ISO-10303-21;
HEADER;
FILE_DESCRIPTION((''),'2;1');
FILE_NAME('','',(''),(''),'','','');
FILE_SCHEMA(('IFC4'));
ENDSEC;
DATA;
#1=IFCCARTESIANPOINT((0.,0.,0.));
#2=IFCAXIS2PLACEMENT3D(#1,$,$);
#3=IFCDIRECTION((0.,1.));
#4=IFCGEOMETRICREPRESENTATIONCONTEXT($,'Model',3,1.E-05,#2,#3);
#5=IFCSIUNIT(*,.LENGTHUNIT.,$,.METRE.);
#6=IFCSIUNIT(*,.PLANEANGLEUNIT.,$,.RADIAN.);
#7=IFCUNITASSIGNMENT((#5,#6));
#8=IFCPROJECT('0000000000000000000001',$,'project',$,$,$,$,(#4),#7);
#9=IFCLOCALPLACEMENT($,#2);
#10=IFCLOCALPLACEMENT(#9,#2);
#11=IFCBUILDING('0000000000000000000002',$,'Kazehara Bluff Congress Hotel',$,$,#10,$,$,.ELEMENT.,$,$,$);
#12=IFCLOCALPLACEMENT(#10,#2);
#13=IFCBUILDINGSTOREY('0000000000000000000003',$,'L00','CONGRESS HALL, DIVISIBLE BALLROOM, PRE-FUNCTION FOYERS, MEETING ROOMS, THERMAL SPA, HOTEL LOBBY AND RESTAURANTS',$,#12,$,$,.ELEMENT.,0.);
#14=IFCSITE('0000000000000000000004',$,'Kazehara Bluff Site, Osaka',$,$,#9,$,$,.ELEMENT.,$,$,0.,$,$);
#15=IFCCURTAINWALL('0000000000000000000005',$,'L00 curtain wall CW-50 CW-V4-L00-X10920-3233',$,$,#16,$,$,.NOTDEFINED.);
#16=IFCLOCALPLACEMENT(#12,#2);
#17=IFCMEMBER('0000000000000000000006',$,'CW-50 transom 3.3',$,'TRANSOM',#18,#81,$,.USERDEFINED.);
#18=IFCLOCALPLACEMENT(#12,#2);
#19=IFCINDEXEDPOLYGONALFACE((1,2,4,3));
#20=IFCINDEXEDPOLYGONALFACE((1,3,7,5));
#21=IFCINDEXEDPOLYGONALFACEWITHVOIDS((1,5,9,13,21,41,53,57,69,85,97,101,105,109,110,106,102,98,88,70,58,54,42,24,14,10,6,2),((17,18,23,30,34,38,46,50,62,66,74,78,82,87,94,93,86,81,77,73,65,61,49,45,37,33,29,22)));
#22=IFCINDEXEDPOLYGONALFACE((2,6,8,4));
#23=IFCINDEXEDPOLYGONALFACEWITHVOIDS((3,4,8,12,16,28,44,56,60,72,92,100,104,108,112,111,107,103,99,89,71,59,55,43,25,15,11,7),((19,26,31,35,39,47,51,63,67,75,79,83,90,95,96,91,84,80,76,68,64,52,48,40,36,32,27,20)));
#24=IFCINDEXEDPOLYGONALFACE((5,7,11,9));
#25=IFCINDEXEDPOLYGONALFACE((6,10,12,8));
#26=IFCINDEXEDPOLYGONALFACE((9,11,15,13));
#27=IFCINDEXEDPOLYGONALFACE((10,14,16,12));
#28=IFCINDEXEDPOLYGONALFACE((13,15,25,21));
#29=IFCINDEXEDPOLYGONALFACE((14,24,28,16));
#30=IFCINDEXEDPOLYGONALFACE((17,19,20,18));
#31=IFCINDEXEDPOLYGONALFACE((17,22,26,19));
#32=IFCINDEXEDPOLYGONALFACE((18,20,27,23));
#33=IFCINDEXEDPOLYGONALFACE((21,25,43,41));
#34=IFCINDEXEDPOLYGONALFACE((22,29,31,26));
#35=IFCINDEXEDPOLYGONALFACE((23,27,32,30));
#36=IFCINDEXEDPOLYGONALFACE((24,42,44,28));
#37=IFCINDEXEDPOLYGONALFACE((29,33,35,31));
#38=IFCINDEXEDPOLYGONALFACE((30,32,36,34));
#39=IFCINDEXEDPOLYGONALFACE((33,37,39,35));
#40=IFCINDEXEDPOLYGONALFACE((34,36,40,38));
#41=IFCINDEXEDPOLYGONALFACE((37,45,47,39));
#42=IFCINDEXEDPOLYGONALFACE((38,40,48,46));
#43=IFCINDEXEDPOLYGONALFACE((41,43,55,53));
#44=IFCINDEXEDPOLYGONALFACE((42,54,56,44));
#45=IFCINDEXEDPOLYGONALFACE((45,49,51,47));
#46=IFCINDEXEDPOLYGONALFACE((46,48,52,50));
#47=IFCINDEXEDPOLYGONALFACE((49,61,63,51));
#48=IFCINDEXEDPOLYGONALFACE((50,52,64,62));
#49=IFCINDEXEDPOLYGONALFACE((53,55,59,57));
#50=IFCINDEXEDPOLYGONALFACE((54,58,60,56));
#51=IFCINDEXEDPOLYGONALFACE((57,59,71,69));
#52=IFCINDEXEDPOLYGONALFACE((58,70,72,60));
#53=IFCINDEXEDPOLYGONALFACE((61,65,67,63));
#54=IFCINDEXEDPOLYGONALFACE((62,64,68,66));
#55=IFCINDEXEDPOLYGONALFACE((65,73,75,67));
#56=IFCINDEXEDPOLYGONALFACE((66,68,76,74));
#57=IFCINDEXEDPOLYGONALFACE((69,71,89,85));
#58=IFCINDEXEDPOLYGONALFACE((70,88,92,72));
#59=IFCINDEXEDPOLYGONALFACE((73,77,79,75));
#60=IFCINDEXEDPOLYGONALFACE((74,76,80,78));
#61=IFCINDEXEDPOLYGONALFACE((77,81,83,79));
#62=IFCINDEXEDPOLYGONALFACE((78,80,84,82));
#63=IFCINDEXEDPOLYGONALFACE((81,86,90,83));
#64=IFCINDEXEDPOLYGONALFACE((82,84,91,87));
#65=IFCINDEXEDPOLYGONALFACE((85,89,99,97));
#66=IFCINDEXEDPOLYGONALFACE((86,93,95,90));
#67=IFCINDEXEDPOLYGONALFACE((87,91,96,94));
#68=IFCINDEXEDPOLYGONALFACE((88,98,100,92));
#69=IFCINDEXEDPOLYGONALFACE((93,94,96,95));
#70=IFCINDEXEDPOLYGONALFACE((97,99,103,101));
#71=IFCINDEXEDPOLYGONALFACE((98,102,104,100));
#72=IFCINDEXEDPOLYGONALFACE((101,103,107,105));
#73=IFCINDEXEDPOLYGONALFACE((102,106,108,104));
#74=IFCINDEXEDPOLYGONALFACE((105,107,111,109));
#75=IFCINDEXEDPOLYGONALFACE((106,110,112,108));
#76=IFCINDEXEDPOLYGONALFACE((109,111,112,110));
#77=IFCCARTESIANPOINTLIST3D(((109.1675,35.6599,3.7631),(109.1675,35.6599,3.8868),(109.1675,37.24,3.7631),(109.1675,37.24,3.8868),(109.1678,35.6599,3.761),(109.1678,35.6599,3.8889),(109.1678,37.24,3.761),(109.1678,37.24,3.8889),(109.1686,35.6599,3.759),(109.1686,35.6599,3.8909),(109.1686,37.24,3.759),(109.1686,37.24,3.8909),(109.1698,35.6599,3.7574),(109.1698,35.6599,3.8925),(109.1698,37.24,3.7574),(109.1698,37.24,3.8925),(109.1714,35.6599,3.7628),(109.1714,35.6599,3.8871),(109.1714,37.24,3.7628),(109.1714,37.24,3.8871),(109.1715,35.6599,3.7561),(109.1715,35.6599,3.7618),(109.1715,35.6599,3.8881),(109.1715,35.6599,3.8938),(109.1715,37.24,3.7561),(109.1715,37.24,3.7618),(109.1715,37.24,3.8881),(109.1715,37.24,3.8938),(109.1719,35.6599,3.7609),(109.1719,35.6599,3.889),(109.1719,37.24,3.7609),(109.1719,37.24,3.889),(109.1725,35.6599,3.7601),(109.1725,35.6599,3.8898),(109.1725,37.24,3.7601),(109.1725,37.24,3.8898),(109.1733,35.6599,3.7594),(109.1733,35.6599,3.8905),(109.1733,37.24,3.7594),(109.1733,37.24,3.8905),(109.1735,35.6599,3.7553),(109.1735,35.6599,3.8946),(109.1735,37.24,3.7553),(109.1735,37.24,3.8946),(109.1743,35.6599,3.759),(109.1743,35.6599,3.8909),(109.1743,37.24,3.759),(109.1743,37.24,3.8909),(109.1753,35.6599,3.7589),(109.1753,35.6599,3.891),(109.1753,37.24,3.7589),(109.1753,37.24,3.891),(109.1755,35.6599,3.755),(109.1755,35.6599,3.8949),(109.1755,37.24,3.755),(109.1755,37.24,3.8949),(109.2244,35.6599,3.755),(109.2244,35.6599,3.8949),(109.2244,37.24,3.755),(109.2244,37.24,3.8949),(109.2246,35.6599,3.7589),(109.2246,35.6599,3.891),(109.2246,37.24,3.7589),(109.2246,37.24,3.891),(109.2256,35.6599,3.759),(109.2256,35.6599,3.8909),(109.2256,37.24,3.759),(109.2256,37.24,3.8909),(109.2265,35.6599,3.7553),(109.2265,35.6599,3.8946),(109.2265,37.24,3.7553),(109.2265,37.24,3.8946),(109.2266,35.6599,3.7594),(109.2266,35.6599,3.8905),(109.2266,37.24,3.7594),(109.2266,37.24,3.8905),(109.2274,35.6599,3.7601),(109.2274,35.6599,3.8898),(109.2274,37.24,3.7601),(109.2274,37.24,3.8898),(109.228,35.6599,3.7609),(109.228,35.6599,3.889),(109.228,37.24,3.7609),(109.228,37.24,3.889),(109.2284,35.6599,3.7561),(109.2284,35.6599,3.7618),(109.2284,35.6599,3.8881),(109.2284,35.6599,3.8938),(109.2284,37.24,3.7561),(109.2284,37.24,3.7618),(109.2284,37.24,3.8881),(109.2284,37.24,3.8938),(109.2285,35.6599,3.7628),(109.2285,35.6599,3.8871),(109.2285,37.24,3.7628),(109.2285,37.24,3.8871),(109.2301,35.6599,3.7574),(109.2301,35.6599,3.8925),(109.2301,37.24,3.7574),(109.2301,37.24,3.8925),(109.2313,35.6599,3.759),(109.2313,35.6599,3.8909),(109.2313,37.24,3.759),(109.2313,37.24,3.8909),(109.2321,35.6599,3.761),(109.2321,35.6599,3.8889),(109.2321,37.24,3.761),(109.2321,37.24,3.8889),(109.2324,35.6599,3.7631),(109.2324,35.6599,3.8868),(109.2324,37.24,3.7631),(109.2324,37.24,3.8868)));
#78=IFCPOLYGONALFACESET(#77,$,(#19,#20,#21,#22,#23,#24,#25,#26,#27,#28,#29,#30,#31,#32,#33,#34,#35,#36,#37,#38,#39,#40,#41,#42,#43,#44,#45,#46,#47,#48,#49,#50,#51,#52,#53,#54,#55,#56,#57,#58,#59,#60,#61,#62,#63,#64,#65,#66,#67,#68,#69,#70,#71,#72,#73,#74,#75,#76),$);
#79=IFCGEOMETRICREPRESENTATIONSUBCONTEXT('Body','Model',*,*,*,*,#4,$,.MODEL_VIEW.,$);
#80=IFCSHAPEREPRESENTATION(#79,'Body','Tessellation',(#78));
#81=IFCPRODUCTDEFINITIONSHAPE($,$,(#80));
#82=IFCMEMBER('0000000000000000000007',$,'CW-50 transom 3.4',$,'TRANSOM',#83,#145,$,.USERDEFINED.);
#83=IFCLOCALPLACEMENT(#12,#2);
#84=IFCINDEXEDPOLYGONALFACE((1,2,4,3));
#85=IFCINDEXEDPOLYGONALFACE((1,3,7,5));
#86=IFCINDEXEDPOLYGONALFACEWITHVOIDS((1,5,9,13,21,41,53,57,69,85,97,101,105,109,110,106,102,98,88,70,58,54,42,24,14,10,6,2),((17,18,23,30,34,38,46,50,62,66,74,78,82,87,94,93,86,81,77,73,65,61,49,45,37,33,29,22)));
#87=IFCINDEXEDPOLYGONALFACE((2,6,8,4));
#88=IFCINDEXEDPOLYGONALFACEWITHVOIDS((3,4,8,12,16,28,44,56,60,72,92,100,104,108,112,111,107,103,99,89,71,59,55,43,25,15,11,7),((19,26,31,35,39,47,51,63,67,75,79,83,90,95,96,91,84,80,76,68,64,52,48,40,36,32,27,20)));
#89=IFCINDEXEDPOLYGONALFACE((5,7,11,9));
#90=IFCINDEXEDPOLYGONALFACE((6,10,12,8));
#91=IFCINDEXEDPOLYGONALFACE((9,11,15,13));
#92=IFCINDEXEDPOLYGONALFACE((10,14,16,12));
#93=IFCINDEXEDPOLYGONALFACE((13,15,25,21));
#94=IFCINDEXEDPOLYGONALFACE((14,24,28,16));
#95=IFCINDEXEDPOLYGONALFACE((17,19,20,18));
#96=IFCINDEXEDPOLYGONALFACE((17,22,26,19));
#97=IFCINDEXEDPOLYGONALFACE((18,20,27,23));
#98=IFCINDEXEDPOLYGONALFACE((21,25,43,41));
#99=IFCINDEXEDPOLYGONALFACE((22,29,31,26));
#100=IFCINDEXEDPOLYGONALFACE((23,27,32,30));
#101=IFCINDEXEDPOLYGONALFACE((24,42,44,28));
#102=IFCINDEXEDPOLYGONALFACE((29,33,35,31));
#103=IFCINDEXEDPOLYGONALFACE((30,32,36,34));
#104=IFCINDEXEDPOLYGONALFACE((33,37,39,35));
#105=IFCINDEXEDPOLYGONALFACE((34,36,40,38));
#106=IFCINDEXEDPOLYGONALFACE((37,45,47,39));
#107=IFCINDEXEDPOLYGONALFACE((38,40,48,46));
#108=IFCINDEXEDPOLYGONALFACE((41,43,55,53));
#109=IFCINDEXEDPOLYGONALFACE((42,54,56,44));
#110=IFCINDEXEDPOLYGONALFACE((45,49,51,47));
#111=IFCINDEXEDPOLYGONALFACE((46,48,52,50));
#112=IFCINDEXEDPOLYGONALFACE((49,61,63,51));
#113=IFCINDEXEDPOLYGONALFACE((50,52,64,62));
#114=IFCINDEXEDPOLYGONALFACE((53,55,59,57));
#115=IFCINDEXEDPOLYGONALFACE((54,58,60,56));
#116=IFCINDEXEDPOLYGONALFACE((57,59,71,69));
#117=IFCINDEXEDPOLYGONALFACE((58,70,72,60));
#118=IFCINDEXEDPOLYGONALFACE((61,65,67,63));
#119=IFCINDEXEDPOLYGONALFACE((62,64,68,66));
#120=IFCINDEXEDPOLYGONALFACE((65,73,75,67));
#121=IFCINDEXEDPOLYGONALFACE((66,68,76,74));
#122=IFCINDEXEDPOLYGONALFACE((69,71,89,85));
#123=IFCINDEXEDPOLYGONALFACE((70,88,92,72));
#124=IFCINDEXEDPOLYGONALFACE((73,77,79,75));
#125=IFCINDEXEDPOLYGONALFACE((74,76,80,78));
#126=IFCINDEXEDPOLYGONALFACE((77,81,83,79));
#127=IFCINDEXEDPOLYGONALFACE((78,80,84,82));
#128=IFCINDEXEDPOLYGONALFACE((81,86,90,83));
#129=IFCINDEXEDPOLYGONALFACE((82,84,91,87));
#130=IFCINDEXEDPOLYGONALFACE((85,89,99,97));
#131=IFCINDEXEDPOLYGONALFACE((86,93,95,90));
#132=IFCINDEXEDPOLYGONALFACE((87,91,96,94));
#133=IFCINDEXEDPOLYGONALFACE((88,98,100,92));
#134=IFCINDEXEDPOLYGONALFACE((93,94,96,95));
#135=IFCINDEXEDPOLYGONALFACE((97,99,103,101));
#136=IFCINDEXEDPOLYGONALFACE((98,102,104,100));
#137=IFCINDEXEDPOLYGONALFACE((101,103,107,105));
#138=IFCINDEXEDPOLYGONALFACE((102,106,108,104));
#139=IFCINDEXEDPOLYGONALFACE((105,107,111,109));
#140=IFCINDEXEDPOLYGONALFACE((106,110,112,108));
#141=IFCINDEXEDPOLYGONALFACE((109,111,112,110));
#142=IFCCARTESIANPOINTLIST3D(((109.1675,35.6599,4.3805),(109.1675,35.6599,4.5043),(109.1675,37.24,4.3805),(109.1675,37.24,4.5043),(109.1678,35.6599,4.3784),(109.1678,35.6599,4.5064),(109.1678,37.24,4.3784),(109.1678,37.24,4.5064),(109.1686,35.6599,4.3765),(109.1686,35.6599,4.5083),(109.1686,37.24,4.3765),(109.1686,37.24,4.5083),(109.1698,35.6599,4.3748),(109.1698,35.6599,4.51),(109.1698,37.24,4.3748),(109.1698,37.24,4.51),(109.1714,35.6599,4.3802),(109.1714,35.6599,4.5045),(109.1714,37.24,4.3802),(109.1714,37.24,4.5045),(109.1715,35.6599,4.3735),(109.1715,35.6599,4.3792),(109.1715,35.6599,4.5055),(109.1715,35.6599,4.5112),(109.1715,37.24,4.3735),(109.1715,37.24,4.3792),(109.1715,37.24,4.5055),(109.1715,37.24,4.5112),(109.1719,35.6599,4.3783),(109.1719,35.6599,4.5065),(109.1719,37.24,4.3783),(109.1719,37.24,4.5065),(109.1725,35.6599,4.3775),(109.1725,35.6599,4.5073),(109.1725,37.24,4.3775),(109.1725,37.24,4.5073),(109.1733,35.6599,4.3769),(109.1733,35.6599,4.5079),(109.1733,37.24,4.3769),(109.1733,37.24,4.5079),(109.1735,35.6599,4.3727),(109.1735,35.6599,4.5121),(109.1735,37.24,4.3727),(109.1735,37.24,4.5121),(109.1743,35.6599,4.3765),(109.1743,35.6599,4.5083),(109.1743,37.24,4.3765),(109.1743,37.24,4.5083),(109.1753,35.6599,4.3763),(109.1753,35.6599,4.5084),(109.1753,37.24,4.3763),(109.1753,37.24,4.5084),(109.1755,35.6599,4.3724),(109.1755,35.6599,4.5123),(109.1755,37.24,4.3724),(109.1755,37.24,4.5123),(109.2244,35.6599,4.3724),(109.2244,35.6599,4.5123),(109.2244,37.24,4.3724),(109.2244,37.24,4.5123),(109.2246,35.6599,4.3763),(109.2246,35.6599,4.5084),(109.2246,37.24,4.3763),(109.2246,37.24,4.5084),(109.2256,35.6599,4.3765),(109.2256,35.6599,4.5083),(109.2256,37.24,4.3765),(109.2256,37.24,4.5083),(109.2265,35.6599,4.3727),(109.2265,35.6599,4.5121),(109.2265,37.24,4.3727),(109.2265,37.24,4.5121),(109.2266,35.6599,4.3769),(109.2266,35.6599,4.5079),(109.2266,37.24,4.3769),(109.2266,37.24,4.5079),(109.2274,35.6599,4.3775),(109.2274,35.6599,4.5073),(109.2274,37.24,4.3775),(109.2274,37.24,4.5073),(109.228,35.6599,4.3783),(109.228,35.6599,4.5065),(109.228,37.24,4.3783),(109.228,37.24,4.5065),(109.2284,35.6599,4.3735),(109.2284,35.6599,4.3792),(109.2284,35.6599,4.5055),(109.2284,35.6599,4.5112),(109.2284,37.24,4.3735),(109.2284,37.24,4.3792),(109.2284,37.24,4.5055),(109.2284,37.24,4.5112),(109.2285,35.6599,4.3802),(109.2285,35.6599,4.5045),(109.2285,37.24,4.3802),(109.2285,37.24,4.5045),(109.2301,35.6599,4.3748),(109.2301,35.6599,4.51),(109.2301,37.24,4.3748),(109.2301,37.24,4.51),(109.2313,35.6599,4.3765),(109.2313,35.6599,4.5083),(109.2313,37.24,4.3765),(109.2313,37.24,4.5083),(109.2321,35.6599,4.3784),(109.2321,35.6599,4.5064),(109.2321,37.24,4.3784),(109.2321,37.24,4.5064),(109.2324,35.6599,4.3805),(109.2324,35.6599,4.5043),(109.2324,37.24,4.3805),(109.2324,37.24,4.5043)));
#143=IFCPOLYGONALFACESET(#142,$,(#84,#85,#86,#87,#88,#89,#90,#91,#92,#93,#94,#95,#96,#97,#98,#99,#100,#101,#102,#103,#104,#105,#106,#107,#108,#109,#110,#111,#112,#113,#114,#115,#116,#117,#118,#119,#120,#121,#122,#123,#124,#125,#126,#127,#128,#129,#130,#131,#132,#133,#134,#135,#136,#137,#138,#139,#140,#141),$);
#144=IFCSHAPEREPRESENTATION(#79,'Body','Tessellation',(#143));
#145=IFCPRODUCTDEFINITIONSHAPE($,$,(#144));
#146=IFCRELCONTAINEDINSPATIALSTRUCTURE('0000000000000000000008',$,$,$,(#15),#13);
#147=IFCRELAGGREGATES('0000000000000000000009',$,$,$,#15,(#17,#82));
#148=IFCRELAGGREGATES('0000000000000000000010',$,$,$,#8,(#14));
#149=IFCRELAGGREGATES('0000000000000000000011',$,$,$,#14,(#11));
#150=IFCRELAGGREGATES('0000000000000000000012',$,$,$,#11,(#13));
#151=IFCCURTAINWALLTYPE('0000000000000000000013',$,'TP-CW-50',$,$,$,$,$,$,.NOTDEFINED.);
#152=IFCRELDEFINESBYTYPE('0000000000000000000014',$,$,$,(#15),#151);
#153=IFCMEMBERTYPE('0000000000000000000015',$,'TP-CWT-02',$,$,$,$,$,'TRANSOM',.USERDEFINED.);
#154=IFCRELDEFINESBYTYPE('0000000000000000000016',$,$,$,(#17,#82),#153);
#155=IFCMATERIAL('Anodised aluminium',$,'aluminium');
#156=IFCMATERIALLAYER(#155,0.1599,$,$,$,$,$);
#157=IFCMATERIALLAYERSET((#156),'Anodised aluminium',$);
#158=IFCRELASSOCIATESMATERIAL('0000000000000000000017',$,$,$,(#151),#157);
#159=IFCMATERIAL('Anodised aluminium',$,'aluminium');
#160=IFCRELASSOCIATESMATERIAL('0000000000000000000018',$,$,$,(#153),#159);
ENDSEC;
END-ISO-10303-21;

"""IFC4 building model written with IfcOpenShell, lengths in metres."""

from ifc_helpers import new_model, si_unit, direction, frame, origin, origin_2d, place, context, subcontext, project, spatial, hollow_rectangle, extrude, material, layer, layer_set, material_profile, profile_set, type_object, element, aggregate, save


model = new_model("IFC4")

# Units and contexts
model_context = context("Model", 3, precision=1e-05, world=origin(), true_north=direction((0.0, 1.0)))
body_context = subcontext(model_context, "Body", "Model", "MODEL_VIEW")
ifc_project = project(units=[si_unit("LENGTHUNIT", "METRE"), si_unit("PLANEANGLEUNIT", "RADIAN")], contexts=[model_context])

# Site, building, storey
site_placement = place(None, origin())
site = spatial("IfcSite", under=ifc_project, at=site_placement, Name="Kazehara Bluff Site, Osaka", CompositionType="ELEMENT", RefElevation=0.0)
building_placement = place(site_placement, origin())
building = spatial("IfcBuilding", under=site, at=building_placement, Name="Kazehara Bluff Congress Hotel", CompositionType="ELEMENT")
storey_placement = place(building_placement, origin())
storey = spatial("IfcBuildingStorey", under=building, at=storey_placement, Name="L00", Description="CONGRESS HALL, DIVISIBLE BALLROOM, PRE-FUNCTION FOYERS, MEETING ROOMS, THERMAL SPA, HOTEL LOBBY AND RESTAURANTS", CompositionType="ELEMENT", Elevation=0.0)

# Curtain wall, members
ifc_material_1 = material(Name="Anodised aluminium", Category="aluminium")
ifc_layer_1 = layer(ifc_material_1, 0.1599)
ifc_layer_set_1 = layer_set([ifc_layer_1], Name="Anodised aluminium")
curtain_wall_type = type_object("IfcCurtainWallType", Name="TP-CW-50", PredefinedType="NOTDEFINED", material=ifc_layer_set_1)
curtain_wall_placement = place(storey_placement, origin())
curtain_wall = element("IfcCurtainWall", 1, at=curtain_wall_placement, inside=storey, type_object=curtain_wall_type, Name="L00 curtain wall CW-50 CW-V4-L00-X10920-3233", PredefinedType="NOTDEFINED")
ifc_material_2 = material(Name="Anodised aluminium", Category="aluminium")
ifc_material_profile_1 = material_profile(ifc_material_2, hollow_rectangle(XDim=0.0649, YDim=0.1399, WallThickness=0.0039, InnerFilletRadius=0.0039, OuterFilletRadius=0.0081, at=origin_2d()))
ifc_profile_set_1 = profile_set([ifc_material_profile_1], Name="Anodised aluminium")
member_type_1 = type_object("IfcMemberType", Name="TP-CWT-02", ElementType="TRANSOM", PredefinedType="USERDEFINED", material=ifc_profile_set_1)
member_1_placement = place(storey_placement, frame((109.2, 35.6599, 3.825), z_axis=(0.0, 1.0, 0.0), x_axis=(-1.0, 0.0, 0.0)))
member_1 = element("IfcMember", 2, at=member_1_placement, type_object=member_type_1, Name="CW-50 transom 3.3", ObjectType="TRANSOM", PredefinedType="USERDEFINED", context=body_context, shape_type="SweptSolid", body=[
    extrude(hollow_rectangle(XDim=0.0649, YDim=0.1399, WallThickness=0.0039, InnerFilletRadius=0.0039, OuterFilletRadius=0.0081, at=origin_2d()), origin(), (0.0, 0.0, 1.0), 1.5801),
])
member_2_placement = place(storey_placement, frame((109.2, 35.6599, 4.4424), z_axis=(0.0, 1.0, 0.0), x_axis=(-1.0, 0.0, 0.0)))
member_2 = element("IfcMember", 3, at=member_2_placement, type_object=member_type_1, Name="CW-50 transom 3.4", ObjectType="TRANSOM", PredefinedType="USERDEFINED", context=body_context, shape_type="SweptSolid", body=[
    extrude(hollow_rectangle(XDim=0.0649, YDim=0.1399, WallThickness=0.0039, InnerFilletRadius=0.0039, OuterFilletRadius=0.0081, at=origin_2d()), origin(), (0.0, 0.0, 1.0), 1.5801),
])

aggregate(curtain_wall, [member_1, member_2])

save(model, "model.ifc")
